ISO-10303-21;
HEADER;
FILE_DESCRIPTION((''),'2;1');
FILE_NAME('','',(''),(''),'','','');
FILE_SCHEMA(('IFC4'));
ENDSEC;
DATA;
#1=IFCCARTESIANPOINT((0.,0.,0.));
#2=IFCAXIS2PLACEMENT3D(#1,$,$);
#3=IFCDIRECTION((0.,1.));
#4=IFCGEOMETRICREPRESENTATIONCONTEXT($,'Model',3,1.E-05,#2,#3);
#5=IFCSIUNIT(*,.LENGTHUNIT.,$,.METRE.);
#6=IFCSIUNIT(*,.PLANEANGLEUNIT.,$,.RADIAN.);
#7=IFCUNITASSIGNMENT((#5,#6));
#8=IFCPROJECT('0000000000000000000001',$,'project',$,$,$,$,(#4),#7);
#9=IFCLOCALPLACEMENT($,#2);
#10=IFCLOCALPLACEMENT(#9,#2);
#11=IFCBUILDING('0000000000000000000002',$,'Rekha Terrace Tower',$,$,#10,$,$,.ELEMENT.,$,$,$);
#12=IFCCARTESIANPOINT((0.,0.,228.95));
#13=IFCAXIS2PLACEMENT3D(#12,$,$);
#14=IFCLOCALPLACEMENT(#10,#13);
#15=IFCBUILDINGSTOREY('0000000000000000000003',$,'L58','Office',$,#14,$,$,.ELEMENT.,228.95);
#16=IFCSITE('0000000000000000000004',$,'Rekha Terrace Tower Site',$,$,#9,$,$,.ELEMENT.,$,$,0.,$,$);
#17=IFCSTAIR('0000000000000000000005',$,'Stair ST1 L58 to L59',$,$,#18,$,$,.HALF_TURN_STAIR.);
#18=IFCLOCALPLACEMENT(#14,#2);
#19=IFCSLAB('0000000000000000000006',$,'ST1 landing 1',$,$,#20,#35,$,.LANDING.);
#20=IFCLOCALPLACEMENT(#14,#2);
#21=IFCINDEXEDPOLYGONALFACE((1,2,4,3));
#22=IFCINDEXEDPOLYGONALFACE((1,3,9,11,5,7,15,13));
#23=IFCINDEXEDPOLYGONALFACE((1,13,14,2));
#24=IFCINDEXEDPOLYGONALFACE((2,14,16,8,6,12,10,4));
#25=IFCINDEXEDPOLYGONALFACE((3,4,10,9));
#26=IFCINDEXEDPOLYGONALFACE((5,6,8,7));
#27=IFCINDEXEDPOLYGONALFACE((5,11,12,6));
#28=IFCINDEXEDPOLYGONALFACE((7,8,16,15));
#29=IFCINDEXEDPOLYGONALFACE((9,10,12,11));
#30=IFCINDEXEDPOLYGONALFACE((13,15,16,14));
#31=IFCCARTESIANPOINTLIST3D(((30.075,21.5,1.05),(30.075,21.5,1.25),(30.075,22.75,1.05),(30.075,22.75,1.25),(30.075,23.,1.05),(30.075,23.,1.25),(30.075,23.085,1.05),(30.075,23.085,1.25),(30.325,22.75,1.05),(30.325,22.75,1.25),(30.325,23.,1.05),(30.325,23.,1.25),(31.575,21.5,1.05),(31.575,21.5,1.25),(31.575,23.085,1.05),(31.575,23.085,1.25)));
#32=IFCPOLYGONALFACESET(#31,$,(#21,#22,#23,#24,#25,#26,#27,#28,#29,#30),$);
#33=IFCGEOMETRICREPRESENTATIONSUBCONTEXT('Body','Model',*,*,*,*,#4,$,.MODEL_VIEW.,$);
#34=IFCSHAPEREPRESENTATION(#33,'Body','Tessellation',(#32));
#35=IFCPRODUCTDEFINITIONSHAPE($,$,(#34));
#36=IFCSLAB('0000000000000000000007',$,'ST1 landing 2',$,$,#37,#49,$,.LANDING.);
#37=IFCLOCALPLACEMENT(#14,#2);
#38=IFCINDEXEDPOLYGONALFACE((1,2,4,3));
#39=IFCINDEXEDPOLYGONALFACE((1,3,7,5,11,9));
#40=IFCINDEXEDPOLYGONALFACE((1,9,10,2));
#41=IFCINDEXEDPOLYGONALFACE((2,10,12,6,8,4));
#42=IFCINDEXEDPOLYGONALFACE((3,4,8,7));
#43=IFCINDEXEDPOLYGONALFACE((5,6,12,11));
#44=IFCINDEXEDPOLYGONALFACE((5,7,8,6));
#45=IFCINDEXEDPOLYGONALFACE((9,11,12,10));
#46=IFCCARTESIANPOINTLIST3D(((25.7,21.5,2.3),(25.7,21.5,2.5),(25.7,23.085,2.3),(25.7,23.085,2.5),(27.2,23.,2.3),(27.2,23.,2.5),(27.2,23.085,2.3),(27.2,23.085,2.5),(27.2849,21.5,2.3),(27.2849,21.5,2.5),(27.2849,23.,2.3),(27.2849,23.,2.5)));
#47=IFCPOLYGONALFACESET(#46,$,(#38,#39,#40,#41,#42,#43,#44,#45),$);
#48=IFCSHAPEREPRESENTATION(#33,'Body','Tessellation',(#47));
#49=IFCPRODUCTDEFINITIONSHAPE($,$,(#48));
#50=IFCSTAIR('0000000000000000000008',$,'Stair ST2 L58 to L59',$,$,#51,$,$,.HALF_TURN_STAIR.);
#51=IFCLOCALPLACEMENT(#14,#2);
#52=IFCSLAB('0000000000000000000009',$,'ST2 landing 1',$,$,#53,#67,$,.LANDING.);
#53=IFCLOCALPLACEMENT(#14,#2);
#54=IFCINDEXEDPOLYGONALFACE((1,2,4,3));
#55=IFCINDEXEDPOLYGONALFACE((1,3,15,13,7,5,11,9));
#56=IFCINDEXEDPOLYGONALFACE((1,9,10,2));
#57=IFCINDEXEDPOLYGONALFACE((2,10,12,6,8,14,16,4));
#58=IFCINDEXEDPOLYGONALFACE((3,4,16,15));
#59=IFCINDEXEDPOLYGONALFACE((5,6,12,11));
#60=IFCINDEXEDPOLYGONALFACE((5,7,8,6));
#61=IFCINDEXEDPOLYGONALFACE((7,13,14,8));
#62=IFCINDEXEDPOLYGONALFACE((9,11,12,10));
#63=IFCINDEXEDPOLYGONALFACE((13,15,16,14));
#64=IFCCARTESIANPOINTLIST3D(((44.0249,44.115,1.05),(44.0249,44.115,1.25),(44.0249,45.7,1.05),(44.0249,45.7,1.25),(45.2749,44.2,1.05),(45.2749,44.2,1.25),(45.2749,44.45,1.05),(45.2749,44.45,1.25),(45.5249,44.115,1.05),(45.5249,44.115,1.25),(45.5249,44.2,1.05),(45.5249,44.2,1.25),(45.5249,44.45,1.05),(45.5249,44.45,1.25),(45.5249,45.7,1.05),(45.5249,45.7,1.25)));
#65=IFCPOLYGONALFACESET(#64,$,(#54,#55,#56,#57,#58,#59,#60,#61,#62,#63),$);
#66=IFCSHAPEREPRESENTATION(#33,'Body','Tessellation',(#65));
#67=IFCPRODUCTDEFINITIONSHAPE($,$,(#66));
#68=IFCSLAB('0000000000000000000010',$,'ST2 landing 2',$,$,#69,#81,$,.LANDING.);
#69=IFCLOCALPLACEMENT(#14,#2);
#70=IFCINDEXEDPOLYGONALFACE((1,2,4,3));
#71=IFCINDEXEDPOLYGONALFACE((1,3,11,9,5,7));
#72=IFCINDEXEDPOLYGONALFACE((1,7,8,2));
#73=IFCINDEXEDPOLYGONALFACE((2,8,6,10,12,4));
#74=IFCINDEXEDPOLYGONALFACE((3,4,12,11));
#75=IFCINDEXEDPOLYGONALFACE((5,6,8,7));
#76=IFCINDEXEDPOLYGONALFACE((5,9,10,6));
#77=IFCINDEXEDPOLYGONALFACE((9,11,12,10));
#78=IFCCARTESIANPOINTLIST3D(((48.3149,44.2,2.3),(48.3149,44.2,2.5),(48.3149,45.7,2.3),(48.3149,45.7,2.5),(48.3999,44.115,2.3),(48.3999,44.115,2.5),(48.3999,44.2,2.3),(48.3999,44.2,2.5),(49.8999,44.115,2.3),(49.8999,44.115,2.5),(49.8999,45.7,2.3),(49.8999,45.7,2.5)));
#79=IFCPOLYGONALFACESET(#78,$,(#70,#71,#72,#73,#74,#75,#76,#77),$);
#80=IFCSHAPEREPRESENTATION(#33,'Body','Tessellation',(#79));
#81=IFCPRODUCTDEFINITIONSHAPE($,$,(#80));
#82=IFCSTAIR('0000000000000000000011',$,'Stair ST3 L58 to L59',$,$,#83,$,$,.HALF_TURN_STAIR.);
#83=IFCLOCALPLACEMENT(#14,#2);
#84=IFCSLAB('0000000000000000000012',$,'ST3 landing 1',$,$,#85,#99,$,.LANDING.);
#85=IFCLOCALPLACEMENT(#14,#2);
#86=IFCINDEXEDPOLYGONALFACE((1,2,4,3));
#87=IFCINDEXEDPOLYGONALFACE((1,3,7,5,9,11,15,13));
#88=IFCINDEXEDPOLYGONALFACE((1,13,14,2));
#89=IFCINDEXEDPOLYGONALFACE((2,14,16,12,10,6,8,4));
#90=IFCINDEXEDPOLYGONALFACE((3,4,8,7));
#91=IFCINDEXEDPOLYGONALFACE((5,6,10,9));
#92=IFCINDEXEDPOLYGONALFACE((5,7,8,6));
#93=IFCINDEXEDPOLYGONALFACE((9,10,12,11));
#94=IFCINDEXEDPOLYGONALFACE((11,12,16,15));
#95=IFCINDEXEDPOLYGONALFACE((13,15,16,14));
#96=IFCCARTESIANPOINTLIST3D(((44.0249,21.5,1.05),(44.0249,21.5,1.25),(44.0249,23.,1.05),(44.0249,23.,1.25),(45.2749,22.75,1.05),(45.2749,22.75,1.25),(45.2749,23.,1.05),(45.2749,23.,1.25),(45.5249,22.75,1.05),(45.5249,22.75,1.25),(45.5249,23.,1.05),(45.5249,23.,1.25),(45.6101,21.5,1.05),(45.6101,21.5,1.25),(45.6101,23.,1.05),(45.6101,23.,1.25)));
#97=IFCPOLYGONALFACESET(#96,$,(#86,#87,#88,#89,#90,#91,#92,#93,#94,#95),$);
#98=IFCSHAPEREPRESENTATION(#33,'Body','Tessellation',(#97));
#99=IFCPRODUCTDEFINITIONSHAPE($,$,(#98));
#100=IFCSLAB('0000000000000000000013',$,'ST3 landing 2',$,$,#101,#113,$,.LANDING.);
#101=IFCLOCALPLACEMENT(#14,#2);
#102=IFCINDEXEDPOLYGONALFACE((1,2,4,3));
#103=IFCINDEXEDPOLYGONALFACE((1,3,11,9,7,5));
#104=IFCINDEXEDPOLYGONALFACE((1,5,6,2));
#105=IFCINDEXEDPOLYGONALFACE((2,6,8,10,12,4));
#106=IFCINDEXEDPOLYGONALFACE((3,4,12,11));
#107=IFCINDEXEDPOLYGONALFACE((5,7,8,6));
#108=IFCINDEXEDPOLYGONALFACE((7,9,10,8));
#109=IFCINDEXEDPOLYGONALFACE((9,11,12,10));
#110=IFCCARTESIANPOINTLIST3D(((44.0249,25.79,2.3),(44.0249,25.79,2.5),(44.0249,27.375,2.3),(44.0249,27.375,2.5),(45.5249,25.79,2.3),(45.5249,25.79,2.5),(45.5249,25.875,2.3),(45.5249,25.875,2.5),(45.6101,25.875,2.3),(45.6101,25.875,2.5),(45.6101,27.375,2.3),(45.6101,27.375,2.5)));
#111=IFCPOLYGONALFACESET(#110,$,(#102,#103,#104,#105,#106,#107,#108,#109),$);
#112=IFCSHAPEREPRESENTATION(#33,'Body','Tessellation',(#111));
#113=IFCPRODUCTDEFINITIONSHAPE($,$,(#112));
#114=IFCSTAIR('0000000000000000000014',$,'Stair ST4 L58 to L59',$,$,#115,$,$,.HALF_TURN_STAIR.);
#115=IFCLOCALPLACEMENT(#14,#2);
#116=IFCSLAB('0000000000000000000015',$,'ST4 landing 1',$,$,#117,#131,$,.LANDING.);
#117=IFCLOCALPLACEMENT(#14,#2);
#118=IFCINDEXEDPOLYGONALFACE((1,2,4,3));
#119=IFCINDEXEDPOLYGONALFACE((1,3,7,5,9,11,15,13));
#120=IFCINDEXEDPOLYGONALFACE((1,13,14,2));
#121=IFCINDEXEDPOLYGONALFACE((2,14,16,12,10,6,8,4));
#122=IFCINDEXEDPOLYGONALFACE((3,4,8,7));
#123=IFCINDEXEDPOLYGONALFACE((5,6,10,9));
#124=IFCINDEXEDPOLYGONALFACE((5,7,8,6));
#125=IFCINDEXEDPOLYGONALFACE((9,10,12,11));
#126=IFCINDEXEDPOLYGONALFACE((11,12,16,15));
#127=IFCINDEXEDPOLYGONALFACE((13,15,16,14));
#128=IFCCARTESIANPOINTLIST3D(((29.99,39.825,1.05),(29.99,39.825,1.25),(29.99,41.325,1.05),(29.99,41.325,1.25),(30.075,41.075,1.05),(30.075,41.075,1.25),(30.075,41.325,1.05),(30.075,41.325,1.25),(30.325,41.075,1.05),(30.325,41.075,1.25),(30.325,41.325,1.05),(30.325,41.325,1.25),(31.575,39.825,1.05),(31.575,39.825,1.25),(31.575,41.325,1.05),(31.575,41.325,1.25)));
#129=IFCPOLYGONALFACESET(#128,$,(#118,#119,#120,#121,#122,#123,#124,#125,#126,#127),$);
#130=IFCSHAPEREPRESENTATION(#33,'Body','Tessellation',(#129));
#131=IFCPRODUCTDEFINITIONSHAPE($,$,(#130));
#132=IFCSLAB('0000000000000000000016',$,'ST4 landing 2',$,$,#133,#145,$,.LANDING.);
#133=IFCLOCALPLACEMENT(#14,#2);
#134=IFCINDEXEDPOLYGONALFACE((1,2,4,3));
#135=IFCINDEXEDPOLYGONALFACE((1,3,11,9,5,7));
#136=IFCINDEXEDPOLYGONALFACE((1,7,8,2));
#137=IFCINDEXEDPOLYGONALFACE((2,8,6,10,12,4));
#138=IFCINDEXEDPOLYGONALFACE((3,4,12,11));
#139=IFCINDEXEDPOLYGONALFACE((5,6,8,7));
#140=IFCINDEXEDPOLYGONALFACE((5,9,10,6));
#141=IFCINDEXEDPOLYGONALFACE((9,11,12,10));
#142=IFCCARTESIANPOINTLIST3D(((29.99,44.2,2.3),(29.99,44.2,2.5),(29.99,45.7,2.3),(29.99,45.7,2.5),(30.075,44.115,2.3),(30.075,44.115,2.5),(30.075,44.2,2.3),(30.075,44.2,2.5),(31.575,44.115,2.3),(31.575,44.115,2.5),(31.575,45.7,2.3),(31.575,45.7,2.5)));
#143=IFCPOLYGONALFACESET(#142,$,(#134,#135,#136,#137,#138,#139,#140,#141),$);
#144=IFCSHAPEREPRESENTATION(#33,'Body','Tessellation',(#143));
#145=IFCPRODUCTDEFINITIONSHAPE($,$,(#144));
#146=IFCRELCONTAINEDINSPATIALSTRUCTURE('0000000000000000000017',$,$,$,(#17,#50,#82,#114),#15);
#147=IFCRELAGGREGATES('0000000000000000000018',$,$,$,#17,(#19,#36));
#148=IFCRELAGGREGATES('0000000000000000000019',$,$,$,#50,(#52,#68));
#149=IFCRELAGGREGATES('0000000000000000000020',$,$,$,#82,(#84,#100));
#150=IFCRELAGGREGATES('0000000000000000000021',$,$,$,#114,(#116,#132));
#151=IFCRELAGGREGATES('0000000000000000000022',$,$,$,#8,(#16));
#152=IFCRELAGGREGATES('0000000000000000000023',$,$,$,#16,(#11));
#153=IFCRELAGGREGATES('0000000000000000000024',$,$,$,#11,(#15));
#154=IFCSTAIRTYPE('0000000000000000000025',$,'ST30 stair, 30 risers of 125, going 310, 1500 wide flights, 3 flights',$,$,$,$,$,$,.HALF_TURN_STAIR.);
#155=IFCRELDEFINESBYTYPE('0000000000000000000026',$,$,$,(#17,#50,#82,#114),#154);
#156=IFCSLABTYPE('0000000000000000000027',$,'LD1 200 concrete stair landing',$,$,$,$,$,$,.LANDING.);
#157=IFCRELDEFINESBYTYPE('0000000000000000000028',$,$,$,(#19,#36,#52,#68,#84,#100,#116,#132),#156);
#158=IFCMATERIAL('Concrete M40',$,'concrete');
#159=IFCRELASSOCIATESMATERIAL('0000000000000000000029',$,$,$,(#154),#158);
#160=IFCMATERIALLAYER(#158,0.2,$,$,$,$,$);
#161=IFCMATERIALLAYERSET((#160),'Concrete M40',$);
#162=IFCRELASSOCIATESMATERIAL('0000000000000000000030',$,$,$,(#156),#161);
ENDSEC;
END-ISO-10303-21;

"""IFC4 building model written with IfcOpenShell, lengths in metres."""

from ifc_helpers import new_model, si_unit, direction, frame, origin, place, context, subcontext, project, spatial, polyline, outline, extrude, material, layer, layer_set, type_object, element, aggregate, save


model = new_model("IFC4")

# Units and contexts
model_context = context("Model", 3, precision=1e-05, world=origin(), true_north=direction((0.0, 1.0)))
body_context = subcontext(model_context, "Body", "Model", "MODEL_VIEW")
ifc_project = project(units=[si_unit("LENGTHUNIT", "METRE"), si_unit("PLANEANGLEUNIT", "RADIAN")], contexts=[model_context])

# Site, building, storey
site_placement = place(None, origin())
site = spatial("IfcSite", under=ifc_project, at=site_placement, Name="Rekha Terrace Tower Site", CompositionType="ELEMENT", RefElevation=0.0)
building_placement = place(site_placement, origin())
building = spatial("IfcBuilding", under=site, at=building_placement, Name="Rekha Terrace Tower", CompositionType="ELEMENT")
storey_placement = place(building_placement, frame((0.0, 0.0, 228.95)))
storey = spatial("IfcBuildingStorey", under=building, at=storey_placement, Name="L58", Description="Office", CompositionType="ELEMENT", Elevation=228.95)

# Stairs, slabs
ifc_material_1 = material(Name="Concrete M40", Category="concrete")
stair_type = type_object("IfcStairType", Name="ST30 stair, 30 risers of 125, going 310, 1500 wide flights, 3 flights", PredefinedType="HALF_TURN_STAIR", material=ifc_material_1)
stair_1_placement = place(storey_placement, origin())
stair_1 = element("IfcStair", 1, at=stair_1_placement, inside=storey, type_object=stair_type, Name="Stair ST1 L58 to L59", PredefinedType="HALF_TURN_STAIR")
ifc_layer_1 = layer(ifc_material_1, 0.2)
ifc_layer_set_1 = layer_set([ifc_layer_1], Name="Concrete M40")
slab_type_1 = type_object("IfcSlabType", Name="LD1 200 concrete stair landing", PredefinedType="LANDING", material=ifc_layer_set_1)
slab_1_placement = place(storey_placement, frame((0.0, 0.0, 1.05)))
slab_1 = element("IfcSlab", 2, at=slab_1_placement, type_object=slab_type_1, Name="ST1 landing 1", PredefinedType="LANDING", context=body_context, shape_type="SweptSolid", body=[
    extrude(outline(polyline([(30.075, 21.5), (31.575, 21.5), (31.575, 23.085), (30.075, 23.085), (30.075, 23.0), (30.325, 23.0), (30.325, 22.75), (30.075, 22.75), (30.075, 21.5)])), origin(), (0.0, 0.0, 1.0), 0.2),
])
slab_2_placement = place(storey_placement, frame((0.0, 0.0, 2.3)))
slab_2 = element("IfcSlab", 3, at=slab_2_placement, type_object=slab_type_1, Name="ST1 landing 2", PredefinedType="LANDING", context=body_context, shape_type="SweptSolid", body=[
    extrude(outline(polyline([(27.2, 23.085), (25.7, 23.085), (25.7, 21.5), (27.2849, 21.5), (27.2849, 23.0), (27.2, 23.0), (27.2, 23.085)])), origin(), (0.0, 0.0, 1.0), 0.2),
])
aggregate(stair_1, [slab_1, slab_2])
stair_2_placement = place(storey_placement, origin())
stair_2 = element("IfcStair", 4, at=stair_2_placement, inside=storey, type_object=stair_type, Name="Stair ST2 L58 to L59", PredefinedType="HALF_TURN_STAIR")
slab_3_placement = place(storey_placement, frame((0.0, 0.0, 1.05)))
slab_3 = element("IfcSlab", 5, at=slab_3_placement, type_object=slab_type_1, Name="ST2 landing 1", PredefinedType="LANDING", context=body_context, shape_type="SweptSolid", body=[
    extrude(outline(polyline([(45.5249, 45.7), (44.0249, 45.7), (44.0249, 44.115), (45.5249, 44.115), (45.5249, 44.2), (45.2749, 44.2), (45.2749, 44.45), (45.5249, 44.45), (45.5249, 45.7)])), origin(), (0.0, 0.0, 1.0), 0.2),
])
slab_4_placement = place(storey_placement, frame((0.0, 0.0, 2.3)))
slab_4 = element("IfcSlab", 6, at=slab_4_placement, type_object=slab_type_1, Name="ST2 landing 2", PredefinedType="LANDING", context=body_context, shape_type="SweptSolid", body=[
    extrude(outline(polyline([(48.3999, 44.115), (49.8999, 44.115), (49.8999, 45.7), (48.3149, 45.7), (48.3149, 44.2), (48.3999, 44.2), (48.3999, 44.115)])), origin(), (0.0, 0.0, 1.0), 0.2),
])
aggregate(stair_2, [slab_3, slab_4])
stair_3_placement = place(storey_placement, origin())
stair_3 = element("IfcStair", 7, at=stair_3_placement, inside=storey, type_object=stair_type, Name="Stair ST3 L58 to L59", PredefinedType="HALF_TURN_STAIR")
slab_5_placement = place(storey_placement, frame((0.0, 0.0, 1.05)))
slab_5 = element("IfcSlab", 8, at=slab_5_placement, type_object=slab_type_1, Name="ST3 landing 1", PredefinedType="LANDING", context=body_context, shape_type="SweptSolid", body=[
    extrude(outline(polyline([(44.0249, 23.0), (44.0249, 21.5), (45.6101, 21.5), (45.6101, 23.0), (45.5249, 23.0), (45.5249, 22.75), (45.2749, 22.75), (45.2749, 23.0), (44.0249, 23.0)])), origin(), (0.0, 0.0, 1.0), 0.2),
])
slab_6_placement = place(storey_placement, frame((0.0, 0.0, 2.3)))
slab_6 = element("IfcSlab", 9, at=slab_6_placement, type_object=slab_type_1, Name="ST3 landing 2", PredefinedType="LANDING", context=body_context, shape_type="SweptSolid", body=[
    extrude(outline(polyline([(45.6101, 25.875), (45.6101, 27.375), (44.0249, 27.375), (44.0249, 25.79), (45.5249, 25.79), (45.5249, 25.875), (45.6101, 25.875)])), origin(), (0.0, 0.0, 1.0), 0.2),
])
aggregate(stair_3, [slab_5, slab_6])
stair_4_placement = place(storey_placement, origin())
stair_4 = element("IfcStair", 10, at=stair_4_placement, inside=storey, type_object=stair_type, Name="Stair ST4 L58 to L59", PredefinedType="HALF_TURN_STAIR")
slab_7_placement = place(storey_placement, frame((0.0, 0.0, 1.05)))
slab_7 = element("IfcSlab", 11, at=slab_7_placement, type_object=slab_type_1, Name="ST4 landing 1", PredefinedType="LANDING", context=body_context, shape_type="SweptSolid", body=[
    extrude(outline(polyline([(31.575, 41.325), (31.575, 39.825), (29.99, 39.825), (29.99, 41.325), (30.075, 41.325), (30.075, 41.075), (30.325, 41.075), (30.325, 41.325), (31.575, 41.325)])), origin(), (0.0, 0.0, 1.0), 0.2),
])
slab_8_placement = place(storey_placement, frame((0.0, 0.0, 2.3)))
slab_8 = element("IfcSlab", 12, at=slab_8_placement, type_object=slab_type_1, Name="ST4 landing 2", PredefinedType="LANDING", context=body_context, shape_type="SweptSolid", body=[
    extrude(outline(polyline([(29.99, 44.2), (29.99, 45.7), (31.575, 45.7), (31.575, 44.115), (30.075, 44.115), (30.075, 44.2), (29.99, 44.2)])), origin(), (0.0, 0.0, 1.0), 0.2),
])
aggregate(stair_4, [slab_7, slab_8])

save(model, "model.ifc")
